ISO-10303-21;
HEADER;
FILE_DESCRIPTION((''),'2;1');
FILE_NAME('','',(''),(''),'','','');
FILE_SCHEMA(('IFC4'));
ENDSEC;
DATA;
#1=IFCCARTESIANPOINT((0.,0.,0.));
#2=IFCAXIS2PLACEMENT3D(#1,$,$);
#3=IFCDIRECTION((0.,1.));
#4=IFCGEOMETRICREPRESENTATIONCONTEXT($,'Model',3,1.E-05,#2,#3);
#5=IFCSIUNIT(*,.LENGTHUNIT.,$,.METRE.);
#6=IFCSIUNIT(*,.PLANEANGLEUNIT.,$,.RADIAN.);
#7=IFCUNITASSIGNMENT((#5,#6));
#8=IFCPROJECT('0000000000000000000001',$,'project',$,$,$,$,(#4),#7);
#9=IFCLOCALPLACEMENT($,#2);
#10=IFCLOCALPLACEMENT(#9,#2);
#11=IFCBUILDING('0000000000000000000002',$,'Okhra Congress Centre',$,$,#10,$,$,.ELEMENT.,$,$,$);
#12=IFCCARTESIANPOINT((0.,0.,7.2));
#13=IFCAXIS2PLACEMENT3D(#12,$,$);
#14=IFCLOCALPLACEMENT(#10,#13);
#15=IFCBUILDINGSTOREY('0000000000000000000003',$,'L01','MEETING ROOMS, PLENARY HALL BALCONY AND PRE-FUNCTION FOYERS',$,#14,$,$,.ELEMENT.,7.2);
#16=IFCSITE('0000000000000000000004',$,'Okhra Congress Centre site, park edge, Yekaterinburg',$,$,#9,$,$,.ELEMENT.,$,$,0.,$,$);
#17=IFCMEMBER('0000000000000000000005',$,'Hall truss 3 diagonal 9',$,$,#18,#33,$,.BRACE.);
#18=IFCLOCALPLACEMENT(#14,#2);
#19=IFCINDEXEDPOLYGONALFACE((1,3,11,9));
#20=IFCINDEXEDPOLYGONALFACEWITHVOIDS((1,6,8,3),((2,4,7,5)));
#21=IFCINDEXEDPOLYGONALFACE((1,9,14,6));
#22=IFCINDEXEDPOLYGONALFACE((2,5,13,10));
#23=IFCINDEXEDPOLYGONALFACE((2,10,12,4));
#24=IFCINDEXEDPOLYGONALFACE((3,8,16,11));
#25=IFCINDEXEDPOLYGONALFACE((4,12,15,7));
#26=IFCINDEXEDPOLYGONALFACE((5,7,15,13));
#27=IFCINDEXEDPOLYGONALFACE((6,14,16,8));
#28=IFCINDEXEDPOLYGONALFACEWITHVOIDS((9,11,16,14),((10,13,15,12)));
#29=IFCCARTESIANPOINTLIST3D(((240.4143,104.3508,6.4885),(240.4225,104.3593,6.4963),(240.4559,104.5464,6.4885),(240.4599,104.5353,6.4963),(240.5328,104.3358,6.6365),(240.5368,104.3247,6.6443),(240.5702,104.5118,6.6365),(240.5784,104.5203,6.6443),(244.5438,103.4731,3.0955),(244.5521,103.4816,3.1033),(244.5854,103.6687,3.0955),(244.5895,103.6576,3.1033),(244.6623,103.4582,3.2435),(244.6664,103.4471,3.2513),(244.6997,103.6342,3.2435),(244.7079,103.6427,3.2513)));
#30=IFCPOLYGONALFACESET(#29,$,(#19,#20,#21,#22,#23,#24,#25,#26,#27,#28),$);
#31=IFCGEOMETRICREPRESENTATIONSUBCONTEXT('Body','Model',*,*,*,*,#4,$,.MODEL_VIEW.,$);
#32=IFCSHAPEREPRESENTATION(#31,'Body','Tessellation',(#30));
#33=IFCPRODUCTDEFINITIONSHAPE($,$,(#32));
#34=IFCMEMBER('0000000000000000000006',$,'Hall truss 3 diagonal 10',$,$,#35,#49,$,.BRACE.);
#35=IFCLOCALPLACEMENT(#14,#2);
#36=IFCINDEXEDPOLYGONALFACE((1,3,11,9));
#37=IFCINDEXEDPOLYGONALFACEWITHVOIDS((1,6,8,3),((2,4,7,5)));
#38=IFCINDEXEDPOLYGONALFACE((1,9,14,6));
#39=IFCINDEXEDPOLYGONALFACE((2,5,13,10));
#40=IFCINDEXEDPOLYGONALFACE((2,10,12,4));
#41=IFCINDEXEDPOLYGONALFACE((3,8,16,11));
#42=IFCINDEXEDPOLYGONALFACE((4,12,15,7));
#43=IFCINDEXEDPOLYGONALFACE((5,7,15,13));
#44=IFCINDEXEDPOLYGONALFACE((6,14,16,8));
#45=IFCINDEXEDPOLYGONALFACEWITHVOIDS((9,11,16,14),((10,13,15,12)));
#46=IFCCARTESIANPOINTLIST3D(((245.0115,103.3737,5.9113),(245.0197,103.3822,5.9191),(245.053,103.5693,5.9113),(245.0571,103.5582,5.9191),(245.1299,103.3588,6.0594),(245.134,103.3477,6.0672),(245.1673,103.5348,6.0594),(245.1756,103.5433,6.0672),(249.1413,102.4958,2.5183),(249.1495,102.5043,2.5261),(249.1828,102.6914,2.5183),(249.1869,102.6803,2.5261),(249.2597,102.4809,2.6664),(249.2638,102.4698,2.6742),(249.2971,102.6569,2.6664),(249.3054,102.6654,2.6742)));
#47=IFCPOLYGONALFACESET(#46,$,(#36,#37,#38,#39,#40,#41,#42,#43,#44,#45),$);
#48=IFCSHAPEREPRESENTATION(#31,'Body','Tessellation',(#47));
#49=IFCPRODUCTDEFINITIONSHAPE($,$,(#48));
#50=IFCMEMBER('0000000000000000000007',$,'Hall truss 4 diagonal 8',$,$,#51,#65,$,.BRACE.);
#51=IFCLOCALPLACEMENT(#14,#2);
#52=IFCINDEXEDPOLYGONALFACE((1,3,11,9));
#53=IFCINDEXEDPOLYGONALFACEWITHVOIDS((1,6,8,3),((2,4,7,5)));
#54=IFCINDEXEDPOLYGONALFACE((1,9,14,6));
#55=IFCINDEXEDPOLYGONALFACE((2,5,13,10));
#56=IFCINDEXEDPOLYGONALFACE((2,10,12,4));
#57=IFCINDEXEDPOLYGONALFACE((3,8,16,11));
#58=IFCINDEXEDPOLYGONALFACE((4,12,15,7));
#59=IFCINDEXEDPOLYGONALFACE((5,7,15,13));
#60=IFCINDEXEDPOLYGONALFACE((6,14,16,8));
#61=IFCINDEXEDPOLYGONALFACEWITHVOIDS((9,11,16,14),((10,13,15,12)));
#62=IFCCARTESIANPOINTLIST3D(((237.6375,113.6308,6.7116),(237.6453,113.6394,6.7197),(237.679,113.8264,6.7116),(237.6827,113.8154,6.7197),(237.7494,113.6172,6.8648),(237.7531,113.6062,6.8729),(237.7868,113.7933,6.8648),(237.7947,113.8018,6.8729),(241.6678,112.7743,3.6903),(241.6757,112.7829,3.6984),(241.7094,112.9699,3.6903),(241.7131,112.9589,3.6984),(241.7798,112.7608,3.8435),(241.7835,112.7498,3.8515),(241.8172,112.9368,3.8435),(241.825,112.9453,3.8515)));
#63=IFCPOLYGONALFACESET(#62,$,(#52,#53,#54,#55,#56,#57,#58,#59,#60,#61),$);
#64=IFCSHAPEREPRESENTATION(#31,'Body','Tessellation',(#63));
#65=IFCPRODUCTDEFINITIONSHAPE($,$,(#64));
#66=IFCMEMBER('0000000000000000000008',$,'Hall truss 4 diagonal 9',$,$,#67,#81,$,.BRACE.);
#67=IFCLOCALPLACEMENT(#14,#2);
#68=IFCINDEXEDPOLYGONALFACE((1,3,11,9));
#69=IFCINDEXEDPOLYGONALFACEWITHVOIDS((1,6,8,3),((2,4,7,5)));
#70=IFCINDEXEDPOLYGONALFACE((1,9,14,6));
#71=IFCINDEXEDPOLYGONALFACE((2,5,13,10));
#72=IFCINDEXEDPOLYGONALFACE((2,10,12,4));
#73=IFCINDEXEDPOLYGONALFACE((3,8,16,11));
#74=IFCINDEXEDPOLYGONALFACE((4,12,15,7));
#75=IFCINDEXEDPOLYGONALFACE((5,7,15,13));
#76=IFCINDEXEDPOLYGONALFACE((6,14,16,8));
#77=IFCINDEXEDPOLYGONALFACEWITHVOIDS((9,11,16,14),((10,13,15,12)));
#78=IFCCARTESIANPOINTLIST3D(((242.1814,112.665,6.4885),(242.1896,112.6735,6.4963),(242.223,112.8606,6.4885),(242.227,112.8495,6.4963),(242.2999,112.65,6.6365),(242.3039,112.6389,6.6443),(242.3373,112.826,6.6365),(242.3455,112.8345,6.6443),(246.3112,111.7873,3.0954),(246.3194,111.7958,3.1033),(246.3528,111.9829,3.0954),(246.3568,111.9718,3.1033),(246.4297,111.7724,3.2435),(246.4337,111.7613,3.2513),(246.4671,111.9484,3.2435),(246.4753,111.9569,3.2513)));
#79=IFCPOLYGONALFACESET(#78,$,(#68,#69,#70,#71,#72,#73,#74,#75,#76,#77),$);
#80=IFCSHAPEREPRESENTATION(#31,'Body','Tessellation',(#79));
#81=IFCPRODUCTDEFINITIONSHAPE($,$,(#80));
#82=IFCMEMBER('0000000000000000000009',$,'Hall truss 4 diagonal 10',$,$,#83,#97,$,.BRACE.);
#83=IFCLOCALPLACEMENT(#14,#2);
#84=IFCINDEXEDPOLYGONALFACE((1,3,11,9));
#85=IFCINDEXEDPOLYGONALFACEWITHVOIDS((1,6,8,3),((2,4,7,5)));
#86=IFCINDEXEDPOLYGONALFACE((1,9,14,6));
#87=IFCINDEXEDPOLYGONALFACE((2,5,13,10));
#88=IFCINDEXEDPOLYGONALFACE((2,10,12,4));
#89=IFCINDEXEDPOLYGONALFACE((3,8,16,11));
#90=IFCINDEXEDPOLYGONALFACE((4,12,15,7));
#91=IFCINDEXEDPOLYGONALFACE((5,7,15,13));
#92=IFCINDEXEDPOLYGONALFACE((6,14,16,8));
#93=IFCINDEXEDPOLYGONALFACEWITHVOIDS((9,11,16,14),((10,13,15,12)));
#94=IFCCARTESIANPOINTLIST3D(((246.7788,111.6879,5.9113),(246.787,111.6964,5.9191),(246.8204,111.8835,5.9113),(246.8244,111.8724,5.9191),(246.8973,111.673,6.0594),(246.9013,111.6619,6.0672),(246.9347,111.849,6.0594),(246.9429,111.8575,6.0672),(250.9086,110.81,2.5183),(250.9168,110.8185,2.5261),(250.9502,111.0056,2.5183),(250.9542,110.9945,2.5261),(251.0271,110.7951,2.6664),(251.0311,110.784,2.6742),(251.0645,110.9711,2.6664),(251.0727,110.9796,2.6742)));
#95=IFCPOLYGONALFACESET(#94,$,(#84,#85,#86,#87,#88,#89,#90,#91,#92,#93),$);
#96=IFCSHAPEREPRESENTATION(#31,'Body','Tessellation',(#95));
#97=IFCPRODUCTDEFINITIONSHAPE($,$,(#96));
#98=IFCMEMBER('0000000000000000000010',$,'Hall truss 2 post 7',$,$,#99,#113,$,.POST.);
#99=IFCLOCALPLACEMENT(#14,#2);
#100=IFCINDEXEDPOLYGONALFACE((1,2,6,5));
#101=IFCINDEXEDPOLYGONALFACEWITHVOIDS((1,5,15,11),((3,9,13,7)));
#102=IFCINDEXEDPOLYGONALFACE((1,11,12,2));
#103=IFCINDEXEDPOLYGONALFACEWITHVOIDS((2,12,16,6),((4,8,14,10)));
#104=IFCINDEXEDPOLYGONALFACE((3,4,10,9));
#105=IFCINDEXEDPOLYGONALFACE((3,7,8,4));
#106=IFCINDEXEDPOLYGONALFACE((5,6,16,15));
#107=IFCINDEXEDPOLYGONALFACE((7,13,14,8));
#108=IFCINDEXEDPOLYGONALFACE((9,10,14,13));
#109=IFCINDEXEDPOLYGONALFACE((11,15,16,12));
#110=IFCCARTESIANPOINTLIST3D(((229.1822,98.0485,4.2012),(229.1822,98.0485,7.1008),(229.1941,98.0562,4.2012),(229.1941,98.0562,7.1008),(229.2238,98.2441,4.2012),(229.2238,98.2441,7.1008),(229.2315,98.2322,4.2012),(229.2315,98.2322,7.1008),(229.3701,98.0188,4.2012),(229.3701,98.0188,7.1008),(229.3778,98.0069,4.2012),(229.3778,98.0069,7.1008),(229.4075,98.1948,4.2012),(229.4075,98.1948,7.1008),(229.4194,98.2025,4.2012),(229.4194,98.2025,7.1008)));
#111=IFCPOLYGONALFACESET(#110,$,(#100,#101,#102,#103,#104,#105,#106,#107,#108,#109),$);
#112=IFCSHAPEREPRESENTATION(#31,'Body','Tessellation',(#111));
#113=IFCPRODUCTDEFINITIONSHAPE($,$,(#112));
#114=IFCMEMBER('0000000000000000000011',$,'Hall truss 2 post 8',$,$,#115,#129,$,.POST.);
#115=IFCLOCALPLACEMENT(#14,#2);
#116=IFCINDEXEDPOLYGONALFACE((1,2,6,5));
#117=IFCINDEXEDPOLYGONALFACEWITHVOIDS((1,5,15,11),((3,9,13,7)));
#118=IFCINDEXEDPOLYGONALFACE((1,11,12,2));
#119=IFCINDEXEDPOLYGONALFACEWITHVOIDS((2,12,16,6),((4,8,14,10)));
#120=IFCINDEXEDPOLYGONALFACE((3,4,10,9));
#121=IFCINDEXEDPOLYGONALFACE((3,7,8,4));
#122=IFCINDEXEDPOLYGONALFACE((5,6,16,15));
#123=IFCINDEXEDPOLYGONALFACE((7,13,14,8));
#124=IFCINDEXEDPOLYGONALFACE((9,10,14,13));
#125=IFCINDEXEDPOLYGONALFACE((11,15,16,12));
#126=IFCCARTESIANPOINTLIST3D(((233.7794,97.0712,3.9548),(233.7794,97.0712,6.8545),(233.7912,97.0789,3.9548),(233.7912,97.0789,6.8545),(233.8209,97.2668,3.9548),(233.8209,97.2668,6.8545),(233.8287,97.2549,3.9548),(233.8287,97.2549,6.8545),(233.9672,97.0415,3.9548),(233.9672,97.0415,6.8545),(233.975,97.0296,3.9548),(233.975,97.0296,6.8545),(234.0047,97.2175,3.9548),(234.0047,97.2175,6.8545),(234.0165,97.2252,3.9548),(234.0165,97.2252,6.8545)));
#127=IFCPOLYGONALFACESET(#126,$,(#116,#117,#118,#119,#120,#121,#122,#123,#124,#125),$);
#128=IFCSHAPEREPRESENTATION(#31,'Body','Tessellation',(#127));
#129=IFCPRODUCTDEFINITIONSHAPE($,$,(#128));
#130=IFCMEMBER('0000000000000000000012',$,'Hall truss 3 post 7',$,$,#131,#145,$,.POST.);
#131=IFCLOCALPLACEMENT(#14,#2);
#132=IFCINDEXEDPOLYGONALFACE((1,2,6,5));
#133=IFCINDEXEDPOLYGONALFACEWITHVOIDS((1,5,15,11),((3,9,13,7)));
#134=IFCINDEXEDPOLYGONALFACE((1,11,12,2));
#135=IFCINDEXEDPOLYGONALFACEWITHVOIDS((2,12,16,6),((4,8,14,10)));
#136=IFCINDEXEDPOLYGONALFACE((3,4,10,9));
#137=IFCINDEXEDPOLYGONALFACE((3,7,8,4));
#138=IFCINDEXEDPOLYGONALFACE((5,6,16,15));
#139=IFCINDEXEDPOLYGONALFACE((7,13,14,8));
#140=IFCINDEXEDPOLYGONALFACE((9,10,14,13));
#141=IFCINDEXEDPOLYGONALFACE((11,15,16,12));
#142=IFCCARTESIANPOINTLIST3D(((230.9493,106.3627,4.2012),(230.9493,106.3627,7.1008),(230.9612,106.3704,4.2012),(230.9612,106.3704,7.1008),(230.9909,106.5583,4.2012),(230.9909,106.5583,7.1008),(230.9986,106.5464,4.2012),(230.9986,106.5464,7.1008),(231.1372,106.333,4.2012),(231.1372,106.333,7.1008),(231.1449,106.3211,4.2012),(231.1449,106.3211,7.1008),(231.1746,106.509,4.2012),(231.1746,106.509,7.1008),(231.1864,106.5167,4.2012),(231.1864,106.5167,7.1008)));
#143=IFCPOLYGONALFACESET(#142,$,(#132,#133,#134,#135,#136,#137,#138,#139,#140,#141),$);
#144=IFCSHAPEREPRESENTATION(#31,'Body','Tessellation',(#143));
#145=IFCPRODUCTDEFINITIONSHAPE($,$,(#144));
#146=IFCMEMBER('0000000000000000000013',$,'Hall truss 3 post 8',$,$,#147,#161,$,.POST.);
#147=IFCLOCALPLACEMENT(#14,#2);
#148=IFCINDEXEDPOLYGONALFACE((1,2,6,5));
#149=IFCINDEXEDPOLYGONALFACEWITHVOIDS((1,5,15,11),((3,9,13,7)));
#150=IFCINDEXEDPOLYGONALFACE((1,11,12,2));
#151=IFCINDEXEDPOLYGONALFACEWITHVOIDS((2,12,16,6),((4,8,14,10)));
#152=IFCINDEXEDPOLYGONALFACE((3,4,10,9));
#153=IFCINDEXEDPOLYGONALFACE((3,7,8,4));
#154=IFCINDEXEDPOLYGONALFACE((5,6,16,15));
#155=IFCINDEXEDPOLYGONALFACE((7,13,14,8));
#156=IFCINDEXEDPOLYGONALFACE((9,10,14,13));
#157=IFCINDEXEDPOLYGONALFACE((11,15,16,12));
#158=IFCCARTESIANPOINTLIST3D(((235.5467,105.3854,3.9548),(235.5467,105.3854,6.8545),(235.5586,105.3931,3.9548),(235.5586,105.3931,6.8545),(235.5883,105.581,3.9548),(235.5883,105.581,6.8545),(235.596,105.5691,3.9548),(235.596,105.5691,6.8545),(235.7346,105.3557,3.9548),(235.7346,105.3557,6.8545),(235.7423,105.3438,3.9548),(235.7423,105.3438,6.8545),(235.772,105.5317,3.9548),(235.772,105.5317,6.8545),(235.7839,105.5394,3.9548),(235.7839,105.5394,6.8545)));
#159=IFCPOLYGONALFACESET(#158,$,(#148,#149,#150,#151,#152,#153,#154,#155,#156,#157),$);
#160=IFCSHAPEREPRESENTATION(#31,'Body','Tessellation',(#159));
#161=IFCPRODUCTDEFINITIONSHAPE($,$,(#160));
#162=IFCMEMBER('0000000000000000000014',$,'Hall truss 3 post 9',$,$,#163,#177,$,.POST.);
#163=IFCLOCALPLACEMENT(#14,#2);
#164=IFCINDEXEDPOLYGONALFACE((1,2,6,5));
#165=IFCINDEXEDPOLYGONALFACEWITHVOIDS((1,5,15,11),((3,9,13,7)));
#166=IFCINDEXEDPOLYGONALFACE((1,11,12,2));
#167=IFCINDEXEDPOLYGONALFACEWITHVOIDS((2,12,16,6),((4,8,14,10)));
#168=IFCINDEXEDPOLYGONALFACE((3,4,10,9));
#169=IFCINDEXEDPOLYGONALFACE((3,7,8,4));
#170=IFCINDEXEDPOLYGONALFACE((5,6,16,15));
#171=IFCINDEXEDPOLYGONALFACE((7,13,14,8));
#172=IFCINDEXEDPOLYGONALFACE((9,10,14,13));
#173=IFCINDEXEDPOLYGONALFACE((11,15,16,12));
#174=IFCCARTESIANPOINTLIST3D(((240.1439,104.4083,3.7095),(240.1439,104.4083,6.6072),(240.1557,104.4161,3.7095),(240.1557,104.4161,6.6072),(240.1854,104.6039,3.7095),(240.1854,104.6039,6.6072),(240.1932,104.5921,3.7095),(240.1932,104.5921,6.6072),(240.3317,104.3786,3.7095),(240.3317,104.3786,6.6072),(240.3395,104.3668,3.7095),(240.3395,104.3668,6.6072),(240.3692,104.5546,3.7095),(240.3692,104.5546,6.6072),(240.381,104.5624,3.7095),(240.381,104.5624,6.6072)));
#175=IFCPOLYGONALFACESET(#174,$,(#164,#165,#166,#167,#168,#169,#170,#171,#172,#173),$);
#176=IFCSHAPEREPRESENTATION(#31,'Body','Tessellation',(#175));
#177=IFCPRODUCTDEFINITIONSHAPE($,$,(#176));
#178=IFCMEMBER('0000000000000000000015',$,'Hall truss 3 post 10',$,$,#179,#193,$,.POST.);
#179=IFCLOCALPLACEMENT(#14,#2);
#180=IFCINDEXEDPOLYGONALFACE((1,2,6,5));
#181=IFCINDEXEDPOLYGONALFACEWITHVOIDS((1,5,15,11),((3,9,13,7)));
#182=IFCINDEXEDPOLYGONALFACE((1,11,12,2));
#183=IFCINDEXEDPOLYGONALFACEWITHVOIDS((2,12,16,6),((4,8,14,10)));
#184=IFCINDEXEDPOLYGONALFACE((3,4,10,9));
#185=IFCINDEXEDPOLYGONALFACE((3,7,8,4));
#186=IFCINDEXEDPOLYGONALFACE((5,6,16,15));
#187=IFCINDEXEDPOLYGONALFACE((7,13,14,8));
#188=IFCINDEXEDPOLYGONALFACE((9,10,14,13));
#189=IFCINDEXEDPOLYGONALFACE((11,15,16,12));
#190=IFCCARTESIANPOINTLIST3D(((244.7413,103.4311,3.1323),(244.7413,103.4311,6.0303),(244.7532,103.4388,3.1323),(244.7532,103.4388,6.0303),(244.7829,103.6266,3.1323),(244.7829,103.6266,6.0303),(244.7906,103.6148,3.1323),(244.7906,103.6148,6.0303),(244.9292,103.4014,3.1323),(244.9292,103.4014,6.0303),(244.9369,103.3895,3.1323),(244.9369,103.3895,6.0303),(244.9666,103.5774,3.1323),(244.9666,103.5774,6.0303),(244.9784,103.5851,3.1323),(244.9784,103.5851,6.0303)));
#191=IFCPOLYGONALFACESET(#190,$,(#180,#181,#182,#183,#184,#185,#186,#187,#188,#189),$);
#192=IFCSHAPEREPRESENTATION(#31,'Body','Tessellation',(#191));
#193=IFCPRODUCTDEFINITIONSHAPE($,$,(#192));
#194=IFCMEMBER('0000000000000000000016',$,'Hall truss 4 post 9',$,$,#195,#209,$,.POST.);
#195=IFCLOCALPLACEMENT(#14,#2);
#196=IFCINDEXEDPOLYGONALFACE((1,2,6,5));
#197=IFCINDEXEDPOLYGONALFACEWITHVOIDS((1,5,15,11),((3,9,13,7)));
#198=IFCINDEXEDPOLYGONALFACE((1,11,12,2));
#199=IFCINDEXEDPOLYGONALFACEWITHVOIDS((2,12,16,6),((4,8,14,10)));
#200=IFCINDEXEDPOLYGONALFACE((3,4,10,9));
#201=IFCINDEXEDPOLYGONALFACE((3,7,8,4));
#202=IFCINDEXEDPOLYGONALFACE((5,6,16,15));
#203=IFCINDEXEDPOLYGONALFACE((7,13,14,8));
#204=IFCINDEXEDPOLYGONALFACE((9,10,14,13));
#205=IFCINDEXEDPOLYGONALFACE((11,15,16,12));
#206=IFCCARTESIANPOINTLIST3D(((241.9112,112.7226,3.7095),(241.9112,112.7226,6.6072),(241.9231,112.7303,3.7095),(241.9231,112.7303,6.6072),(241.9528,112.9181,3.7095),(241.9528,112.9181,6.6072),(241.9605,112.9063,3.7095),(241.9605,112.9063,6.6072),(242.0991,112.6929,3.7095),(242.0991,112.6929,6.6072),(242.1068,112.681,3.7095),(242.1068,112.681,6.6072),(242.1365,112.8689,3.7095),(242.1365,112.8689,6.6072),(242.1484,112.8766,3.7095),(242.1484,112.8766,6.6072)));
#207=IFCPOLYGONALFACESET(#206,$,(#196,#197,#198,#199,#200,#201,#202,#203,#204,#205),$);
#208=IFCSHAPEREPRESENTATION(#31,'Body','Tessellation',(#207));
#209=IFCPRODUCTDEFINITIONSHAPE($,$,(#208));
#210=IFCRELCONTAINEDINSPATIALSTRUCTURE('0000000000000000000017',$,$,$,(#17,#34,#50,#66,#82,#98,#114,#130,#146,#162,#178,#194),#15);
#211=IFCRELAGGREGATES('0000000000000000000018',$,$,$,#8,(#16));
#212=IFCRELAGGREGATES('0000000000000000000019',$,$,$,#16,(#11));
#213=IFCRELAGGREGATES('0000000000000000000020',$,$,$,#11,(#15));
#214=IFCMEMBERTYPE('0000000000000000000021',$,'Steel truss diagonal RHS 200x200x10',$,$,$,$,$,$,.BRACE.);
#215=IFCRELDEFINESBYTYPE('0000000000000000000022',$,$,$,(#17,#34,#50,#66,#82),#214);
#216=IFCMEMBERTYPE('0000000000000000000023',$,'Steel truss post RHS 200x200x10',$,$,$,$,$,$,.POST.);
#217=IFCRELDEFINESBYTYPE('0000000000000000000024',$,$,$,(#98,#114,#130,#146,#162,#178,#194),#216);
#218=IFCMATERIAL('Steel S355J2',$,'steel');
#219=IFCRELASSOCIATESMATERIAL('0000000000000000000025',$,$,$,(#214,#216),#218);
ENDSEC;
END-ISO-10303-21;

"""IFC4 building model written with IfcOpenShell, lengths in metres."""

from ifc_helpers import new_model, si_unit, direction, frame, origin, origin_2d, place, context, subcontext, project, spatial, hollow_rectangle, extrude, material, material_profile, profile_set, type_object, element, save


model = new_model("IFC4")

# Units and contexts
model_context = context("Model", 3, precision=1e-05, world=origin(), true_north=direction((0.0, 1.0)))
body_context = subcontext(model_context, "Body", "Model", "MODEL_VIEW")
ifc_project = project(units=[si_unit("LENGTHUNIT", "METRE"), si_unit("PLANEANGLEUNIT", "RADIAN")], contexts=[model_context])

# Site, building, storey
site_placement = place(None, origin())
site = spatial("IfcSite", under=ifc_project, at=site_placement, Name="Okhra Congress Centre site, park edge, Yekaterinburg", CompositionType="ELEMENT", RefElevation=0.0)
building_placement = place(site_placement, origin())
building = spatial("IfcBuilding", under=site, at=building_placement, Name="Okhra Congress Centre", CompositionType="ELEMENT")
storey_placement = place(building_placement, frame((0.0, 0.0, 7.2)))
storey = spatial("IfcBuildingStorey", under=building, at=storey_placement, Name="L01", Description="MEETING ROOMS, PLENARY HALL BALCONY AND PRE-FUNCTION FOYERS", CompositionType="ELEMENT", Elevation=7.2)

# Members
ifc_material = material(Name="Steel S355J2", Category="steel")
ifc_material_profile_1 = material_profile(ifc_material, hollow_rectangle(XDim=0.2, YDim=0.2, WallThickness=0.01, at=origin_2d()), Name="RHS 200x200x10 diagonal")
ifc_profile_set_1 = profile_set([ifc_material_profile_1], Name="Steel S355J2")
member_type_1 = type_object("IfcMemberType", Name="Steel truss diagonal RHS 200x200x10", PredefinedType="BRACE", material=ifc_profile_set_1)
member_1_placement = place(storey_placement, frame((240.4963, 104.4355, 6.5664), z_axis=(0.762436, -0.162043, -0.626446), x_axis=(0.20789, 0.978152, 0.0)))
element("IfcMember", 1, at=member_1_placement, inside=storey, type_object=member_type_1, Name="Hall truss 3 diagonal 9", PredefinedType="BRACE", context=body_context, shape_type="SweptSolid", body=[
    extrude(hollow_rectangle(XDim=0.2, YDim=0.2, WallThickness=0.01, at=origin_2d()), origin(), (0.0, 0.0, 1.0), 5.4163),
])
member_2_placement = place(storey_placement, frame((245.0935, 103.4585, 5.9893), z_axis=(0.762449, -0.162081, -0.62642), x_axis=(0.207933, 0.978143, 0.0)))
element("IfcMember", 2, at=member_2_placement, inside=storey, type_object=member_type_1, Name="Hall truss 3 diagonal 10", PredefinedType="BRACE", context=body_context, shape_type="SweptSolid", body=[
    extrude(hollow_rectangle(XDim=0.2, YDim=0.2, WallThickness=0.01, at=origin_2d()), origin(), (0.0, 0.0, 1.0), 5.4165),
])
member_3_placement = place(storey_placement, frame((237.7161, 113.7163, 6.7922), z_axis=(0.788818, -0.167626, -0.591327), x_axis=(0.207862, 0.978158, 0.0)))
element("IfcMember", 3, at=member_3_placement, inside=storey, type_object=member_type_1, Name="Hall truss 4 diagonal 8", PredefinedType="BRACE", context=body_context, shape_type="SweptSolid", body=[
    extrude(hollow_rectangle(XDim=0.2, YDim=0.2, WallThickness=0.01, at=origin_2d()), origin(), (0.0, 0.0, 1.0), 5.1094),
])
for number, where, z_axis, x_axis, name in (
    (4, (242.2634, 112.7498, 6.5664), (0.762454, -0.162037, -0.626424), (0.207878, 0.978155, 0.0), "Hall truss 4 diagonal 9"),
    (5, (246.8608, 111.7727, 5.9893), (0.762449, -0.162081, -0.62642), (0.207933, 0.978143, 0.0), "Hall truss 4 diagonal 10"),
):
    element("IfcMember", number, at=place(storey_placement, frame(where, z_axis=z_axis, x_axis=x_axis)), inside=storey, type_object=member_type_1, Name=name, PredefinedType="BRACE", context=body_context, shape_type="SweptSolid", body=[
        extrude(hollow_rectangle(XDim=0.2, YDim=0.2, WallThickness=0.01, at=origin_2d()), origin(), (0.0, 0.0, 1.0), 5.4165),
    ])
ifc_material_profile_2 = material_profile(ifc_material, hollow_rectangle(XDim=0.2, YDim=0.2, WallThickness=0.01, at=origin_2d()), Name="RHS 200x200x10")
ifc_profile_set_2 = profile_set([ifc_material_profile_2], Name="Steel S355J2")
member_type_2 = type_object("IfcMemberType", Name="Steel truss post RHS 200x200x10", PredefinedType="POST", material=ifc_profile_set_2)
for number, where, z_axis, x_axis, name in (
    (6, (229.3008, 98.1255, 4.2012), (0.0, 0.0, 1.0), (0.978148, -0.207912, 0.0), "Hall truss 2 post 7"),
    (7, (233.8979, 97.1482, 3.9548), (0.0, 0.0, 1.0), (0.978148, -0.207912, 0.0), "Hall truss 2 post 8"),
    (8, (231.0679, 106.4397, 4.2012), (0.0, 0.0, 1.0), (0.978148, -0.207912, 0.0), "Hall truss 3 post 7"),
    (9, (235.6653, 105.4624, 3.9548), (0.0, 0.0, 1.0), (0.978148, -0.207912, 0.0), "Hall truss 3 post 8"),
):
    element("IfcMember", number, at=place(storey_placement, frame(where, z_axis=z_axis, x_axis=x_axis)), inside=storey, type_object=member_type_2, Name=name, PredefinedType="POST", context=body_context, shape_type="SweptSolid", body=[
        extrude(hollow_rectangle(XDim=0.2, YDim=0.2, WallThickness=0.01, at=origin_2d()), origin(), (0.0, 0.0, 1.0), 2.8997),
    ])
member_4_placement = place(storey_placement, frame((240.2625, 104.4854, 3.7095), z_axis=(0.0, 0.0, 1.0), x_axis=(0.978148, -0.207912, 0.0)))
element("IfcMember", 10, at=member_4_placement, inside=storey, type_object=member_type_2, Name="Hall truss 3 post 9", PredefinedType="POST", context=body_context, shape_type="SweptSolid", body=[
    extrude(hollow_rectangle(XDim=0.2, YDim=0.2, WallThickness=0.01, at=origin_2d()), origin(), (0.0, 0.0, 1.0), 2.8977),
])
member_5_placement = place(storey_placement, frame((244.8599, 103.5081, 3.1323), z_axis=(0.0, 0.0, 1.0), x_axis=(0.978148, -0.207912, 0.0)))
element("IfcMember", 11, at=member_5_placement, inside=storey, type_object=member_type_2, Name="Hall truss 3 post 10", PredefinedType="POST", context=body_context, shape_type="SweptSolid", body=[
    extrude(hollow_rectangle(XDim=0.2, YDim=0.2, WallThickness=0.01, at=origin_2d()), origin(), (0.0, 0.0, 1.0), 2.8979),
])
member_6_placement = place(storey_placement, frame((242.0298, 112.7996, 3.7095), z_axis=(0.0, 0.0, 1.0), x_axis=(0.978148, -0.207912, 0.0)))
element("IfcMember", 12, at=member_6_placement, inside=storey, type_object=member_type_2, Name="Hall truss 4 post 9", PredefinedType="POST", context=body_context, shape_type="SweptSolid", body=[
    extrude(hollow_rectangle(XDim=0.2, YDim=0.2, WallThickness=0.01, at=origin_2d()), origin(), (0.0, 0.0, 1.0), 2.8977),
])

save(model, "model.ifc")
